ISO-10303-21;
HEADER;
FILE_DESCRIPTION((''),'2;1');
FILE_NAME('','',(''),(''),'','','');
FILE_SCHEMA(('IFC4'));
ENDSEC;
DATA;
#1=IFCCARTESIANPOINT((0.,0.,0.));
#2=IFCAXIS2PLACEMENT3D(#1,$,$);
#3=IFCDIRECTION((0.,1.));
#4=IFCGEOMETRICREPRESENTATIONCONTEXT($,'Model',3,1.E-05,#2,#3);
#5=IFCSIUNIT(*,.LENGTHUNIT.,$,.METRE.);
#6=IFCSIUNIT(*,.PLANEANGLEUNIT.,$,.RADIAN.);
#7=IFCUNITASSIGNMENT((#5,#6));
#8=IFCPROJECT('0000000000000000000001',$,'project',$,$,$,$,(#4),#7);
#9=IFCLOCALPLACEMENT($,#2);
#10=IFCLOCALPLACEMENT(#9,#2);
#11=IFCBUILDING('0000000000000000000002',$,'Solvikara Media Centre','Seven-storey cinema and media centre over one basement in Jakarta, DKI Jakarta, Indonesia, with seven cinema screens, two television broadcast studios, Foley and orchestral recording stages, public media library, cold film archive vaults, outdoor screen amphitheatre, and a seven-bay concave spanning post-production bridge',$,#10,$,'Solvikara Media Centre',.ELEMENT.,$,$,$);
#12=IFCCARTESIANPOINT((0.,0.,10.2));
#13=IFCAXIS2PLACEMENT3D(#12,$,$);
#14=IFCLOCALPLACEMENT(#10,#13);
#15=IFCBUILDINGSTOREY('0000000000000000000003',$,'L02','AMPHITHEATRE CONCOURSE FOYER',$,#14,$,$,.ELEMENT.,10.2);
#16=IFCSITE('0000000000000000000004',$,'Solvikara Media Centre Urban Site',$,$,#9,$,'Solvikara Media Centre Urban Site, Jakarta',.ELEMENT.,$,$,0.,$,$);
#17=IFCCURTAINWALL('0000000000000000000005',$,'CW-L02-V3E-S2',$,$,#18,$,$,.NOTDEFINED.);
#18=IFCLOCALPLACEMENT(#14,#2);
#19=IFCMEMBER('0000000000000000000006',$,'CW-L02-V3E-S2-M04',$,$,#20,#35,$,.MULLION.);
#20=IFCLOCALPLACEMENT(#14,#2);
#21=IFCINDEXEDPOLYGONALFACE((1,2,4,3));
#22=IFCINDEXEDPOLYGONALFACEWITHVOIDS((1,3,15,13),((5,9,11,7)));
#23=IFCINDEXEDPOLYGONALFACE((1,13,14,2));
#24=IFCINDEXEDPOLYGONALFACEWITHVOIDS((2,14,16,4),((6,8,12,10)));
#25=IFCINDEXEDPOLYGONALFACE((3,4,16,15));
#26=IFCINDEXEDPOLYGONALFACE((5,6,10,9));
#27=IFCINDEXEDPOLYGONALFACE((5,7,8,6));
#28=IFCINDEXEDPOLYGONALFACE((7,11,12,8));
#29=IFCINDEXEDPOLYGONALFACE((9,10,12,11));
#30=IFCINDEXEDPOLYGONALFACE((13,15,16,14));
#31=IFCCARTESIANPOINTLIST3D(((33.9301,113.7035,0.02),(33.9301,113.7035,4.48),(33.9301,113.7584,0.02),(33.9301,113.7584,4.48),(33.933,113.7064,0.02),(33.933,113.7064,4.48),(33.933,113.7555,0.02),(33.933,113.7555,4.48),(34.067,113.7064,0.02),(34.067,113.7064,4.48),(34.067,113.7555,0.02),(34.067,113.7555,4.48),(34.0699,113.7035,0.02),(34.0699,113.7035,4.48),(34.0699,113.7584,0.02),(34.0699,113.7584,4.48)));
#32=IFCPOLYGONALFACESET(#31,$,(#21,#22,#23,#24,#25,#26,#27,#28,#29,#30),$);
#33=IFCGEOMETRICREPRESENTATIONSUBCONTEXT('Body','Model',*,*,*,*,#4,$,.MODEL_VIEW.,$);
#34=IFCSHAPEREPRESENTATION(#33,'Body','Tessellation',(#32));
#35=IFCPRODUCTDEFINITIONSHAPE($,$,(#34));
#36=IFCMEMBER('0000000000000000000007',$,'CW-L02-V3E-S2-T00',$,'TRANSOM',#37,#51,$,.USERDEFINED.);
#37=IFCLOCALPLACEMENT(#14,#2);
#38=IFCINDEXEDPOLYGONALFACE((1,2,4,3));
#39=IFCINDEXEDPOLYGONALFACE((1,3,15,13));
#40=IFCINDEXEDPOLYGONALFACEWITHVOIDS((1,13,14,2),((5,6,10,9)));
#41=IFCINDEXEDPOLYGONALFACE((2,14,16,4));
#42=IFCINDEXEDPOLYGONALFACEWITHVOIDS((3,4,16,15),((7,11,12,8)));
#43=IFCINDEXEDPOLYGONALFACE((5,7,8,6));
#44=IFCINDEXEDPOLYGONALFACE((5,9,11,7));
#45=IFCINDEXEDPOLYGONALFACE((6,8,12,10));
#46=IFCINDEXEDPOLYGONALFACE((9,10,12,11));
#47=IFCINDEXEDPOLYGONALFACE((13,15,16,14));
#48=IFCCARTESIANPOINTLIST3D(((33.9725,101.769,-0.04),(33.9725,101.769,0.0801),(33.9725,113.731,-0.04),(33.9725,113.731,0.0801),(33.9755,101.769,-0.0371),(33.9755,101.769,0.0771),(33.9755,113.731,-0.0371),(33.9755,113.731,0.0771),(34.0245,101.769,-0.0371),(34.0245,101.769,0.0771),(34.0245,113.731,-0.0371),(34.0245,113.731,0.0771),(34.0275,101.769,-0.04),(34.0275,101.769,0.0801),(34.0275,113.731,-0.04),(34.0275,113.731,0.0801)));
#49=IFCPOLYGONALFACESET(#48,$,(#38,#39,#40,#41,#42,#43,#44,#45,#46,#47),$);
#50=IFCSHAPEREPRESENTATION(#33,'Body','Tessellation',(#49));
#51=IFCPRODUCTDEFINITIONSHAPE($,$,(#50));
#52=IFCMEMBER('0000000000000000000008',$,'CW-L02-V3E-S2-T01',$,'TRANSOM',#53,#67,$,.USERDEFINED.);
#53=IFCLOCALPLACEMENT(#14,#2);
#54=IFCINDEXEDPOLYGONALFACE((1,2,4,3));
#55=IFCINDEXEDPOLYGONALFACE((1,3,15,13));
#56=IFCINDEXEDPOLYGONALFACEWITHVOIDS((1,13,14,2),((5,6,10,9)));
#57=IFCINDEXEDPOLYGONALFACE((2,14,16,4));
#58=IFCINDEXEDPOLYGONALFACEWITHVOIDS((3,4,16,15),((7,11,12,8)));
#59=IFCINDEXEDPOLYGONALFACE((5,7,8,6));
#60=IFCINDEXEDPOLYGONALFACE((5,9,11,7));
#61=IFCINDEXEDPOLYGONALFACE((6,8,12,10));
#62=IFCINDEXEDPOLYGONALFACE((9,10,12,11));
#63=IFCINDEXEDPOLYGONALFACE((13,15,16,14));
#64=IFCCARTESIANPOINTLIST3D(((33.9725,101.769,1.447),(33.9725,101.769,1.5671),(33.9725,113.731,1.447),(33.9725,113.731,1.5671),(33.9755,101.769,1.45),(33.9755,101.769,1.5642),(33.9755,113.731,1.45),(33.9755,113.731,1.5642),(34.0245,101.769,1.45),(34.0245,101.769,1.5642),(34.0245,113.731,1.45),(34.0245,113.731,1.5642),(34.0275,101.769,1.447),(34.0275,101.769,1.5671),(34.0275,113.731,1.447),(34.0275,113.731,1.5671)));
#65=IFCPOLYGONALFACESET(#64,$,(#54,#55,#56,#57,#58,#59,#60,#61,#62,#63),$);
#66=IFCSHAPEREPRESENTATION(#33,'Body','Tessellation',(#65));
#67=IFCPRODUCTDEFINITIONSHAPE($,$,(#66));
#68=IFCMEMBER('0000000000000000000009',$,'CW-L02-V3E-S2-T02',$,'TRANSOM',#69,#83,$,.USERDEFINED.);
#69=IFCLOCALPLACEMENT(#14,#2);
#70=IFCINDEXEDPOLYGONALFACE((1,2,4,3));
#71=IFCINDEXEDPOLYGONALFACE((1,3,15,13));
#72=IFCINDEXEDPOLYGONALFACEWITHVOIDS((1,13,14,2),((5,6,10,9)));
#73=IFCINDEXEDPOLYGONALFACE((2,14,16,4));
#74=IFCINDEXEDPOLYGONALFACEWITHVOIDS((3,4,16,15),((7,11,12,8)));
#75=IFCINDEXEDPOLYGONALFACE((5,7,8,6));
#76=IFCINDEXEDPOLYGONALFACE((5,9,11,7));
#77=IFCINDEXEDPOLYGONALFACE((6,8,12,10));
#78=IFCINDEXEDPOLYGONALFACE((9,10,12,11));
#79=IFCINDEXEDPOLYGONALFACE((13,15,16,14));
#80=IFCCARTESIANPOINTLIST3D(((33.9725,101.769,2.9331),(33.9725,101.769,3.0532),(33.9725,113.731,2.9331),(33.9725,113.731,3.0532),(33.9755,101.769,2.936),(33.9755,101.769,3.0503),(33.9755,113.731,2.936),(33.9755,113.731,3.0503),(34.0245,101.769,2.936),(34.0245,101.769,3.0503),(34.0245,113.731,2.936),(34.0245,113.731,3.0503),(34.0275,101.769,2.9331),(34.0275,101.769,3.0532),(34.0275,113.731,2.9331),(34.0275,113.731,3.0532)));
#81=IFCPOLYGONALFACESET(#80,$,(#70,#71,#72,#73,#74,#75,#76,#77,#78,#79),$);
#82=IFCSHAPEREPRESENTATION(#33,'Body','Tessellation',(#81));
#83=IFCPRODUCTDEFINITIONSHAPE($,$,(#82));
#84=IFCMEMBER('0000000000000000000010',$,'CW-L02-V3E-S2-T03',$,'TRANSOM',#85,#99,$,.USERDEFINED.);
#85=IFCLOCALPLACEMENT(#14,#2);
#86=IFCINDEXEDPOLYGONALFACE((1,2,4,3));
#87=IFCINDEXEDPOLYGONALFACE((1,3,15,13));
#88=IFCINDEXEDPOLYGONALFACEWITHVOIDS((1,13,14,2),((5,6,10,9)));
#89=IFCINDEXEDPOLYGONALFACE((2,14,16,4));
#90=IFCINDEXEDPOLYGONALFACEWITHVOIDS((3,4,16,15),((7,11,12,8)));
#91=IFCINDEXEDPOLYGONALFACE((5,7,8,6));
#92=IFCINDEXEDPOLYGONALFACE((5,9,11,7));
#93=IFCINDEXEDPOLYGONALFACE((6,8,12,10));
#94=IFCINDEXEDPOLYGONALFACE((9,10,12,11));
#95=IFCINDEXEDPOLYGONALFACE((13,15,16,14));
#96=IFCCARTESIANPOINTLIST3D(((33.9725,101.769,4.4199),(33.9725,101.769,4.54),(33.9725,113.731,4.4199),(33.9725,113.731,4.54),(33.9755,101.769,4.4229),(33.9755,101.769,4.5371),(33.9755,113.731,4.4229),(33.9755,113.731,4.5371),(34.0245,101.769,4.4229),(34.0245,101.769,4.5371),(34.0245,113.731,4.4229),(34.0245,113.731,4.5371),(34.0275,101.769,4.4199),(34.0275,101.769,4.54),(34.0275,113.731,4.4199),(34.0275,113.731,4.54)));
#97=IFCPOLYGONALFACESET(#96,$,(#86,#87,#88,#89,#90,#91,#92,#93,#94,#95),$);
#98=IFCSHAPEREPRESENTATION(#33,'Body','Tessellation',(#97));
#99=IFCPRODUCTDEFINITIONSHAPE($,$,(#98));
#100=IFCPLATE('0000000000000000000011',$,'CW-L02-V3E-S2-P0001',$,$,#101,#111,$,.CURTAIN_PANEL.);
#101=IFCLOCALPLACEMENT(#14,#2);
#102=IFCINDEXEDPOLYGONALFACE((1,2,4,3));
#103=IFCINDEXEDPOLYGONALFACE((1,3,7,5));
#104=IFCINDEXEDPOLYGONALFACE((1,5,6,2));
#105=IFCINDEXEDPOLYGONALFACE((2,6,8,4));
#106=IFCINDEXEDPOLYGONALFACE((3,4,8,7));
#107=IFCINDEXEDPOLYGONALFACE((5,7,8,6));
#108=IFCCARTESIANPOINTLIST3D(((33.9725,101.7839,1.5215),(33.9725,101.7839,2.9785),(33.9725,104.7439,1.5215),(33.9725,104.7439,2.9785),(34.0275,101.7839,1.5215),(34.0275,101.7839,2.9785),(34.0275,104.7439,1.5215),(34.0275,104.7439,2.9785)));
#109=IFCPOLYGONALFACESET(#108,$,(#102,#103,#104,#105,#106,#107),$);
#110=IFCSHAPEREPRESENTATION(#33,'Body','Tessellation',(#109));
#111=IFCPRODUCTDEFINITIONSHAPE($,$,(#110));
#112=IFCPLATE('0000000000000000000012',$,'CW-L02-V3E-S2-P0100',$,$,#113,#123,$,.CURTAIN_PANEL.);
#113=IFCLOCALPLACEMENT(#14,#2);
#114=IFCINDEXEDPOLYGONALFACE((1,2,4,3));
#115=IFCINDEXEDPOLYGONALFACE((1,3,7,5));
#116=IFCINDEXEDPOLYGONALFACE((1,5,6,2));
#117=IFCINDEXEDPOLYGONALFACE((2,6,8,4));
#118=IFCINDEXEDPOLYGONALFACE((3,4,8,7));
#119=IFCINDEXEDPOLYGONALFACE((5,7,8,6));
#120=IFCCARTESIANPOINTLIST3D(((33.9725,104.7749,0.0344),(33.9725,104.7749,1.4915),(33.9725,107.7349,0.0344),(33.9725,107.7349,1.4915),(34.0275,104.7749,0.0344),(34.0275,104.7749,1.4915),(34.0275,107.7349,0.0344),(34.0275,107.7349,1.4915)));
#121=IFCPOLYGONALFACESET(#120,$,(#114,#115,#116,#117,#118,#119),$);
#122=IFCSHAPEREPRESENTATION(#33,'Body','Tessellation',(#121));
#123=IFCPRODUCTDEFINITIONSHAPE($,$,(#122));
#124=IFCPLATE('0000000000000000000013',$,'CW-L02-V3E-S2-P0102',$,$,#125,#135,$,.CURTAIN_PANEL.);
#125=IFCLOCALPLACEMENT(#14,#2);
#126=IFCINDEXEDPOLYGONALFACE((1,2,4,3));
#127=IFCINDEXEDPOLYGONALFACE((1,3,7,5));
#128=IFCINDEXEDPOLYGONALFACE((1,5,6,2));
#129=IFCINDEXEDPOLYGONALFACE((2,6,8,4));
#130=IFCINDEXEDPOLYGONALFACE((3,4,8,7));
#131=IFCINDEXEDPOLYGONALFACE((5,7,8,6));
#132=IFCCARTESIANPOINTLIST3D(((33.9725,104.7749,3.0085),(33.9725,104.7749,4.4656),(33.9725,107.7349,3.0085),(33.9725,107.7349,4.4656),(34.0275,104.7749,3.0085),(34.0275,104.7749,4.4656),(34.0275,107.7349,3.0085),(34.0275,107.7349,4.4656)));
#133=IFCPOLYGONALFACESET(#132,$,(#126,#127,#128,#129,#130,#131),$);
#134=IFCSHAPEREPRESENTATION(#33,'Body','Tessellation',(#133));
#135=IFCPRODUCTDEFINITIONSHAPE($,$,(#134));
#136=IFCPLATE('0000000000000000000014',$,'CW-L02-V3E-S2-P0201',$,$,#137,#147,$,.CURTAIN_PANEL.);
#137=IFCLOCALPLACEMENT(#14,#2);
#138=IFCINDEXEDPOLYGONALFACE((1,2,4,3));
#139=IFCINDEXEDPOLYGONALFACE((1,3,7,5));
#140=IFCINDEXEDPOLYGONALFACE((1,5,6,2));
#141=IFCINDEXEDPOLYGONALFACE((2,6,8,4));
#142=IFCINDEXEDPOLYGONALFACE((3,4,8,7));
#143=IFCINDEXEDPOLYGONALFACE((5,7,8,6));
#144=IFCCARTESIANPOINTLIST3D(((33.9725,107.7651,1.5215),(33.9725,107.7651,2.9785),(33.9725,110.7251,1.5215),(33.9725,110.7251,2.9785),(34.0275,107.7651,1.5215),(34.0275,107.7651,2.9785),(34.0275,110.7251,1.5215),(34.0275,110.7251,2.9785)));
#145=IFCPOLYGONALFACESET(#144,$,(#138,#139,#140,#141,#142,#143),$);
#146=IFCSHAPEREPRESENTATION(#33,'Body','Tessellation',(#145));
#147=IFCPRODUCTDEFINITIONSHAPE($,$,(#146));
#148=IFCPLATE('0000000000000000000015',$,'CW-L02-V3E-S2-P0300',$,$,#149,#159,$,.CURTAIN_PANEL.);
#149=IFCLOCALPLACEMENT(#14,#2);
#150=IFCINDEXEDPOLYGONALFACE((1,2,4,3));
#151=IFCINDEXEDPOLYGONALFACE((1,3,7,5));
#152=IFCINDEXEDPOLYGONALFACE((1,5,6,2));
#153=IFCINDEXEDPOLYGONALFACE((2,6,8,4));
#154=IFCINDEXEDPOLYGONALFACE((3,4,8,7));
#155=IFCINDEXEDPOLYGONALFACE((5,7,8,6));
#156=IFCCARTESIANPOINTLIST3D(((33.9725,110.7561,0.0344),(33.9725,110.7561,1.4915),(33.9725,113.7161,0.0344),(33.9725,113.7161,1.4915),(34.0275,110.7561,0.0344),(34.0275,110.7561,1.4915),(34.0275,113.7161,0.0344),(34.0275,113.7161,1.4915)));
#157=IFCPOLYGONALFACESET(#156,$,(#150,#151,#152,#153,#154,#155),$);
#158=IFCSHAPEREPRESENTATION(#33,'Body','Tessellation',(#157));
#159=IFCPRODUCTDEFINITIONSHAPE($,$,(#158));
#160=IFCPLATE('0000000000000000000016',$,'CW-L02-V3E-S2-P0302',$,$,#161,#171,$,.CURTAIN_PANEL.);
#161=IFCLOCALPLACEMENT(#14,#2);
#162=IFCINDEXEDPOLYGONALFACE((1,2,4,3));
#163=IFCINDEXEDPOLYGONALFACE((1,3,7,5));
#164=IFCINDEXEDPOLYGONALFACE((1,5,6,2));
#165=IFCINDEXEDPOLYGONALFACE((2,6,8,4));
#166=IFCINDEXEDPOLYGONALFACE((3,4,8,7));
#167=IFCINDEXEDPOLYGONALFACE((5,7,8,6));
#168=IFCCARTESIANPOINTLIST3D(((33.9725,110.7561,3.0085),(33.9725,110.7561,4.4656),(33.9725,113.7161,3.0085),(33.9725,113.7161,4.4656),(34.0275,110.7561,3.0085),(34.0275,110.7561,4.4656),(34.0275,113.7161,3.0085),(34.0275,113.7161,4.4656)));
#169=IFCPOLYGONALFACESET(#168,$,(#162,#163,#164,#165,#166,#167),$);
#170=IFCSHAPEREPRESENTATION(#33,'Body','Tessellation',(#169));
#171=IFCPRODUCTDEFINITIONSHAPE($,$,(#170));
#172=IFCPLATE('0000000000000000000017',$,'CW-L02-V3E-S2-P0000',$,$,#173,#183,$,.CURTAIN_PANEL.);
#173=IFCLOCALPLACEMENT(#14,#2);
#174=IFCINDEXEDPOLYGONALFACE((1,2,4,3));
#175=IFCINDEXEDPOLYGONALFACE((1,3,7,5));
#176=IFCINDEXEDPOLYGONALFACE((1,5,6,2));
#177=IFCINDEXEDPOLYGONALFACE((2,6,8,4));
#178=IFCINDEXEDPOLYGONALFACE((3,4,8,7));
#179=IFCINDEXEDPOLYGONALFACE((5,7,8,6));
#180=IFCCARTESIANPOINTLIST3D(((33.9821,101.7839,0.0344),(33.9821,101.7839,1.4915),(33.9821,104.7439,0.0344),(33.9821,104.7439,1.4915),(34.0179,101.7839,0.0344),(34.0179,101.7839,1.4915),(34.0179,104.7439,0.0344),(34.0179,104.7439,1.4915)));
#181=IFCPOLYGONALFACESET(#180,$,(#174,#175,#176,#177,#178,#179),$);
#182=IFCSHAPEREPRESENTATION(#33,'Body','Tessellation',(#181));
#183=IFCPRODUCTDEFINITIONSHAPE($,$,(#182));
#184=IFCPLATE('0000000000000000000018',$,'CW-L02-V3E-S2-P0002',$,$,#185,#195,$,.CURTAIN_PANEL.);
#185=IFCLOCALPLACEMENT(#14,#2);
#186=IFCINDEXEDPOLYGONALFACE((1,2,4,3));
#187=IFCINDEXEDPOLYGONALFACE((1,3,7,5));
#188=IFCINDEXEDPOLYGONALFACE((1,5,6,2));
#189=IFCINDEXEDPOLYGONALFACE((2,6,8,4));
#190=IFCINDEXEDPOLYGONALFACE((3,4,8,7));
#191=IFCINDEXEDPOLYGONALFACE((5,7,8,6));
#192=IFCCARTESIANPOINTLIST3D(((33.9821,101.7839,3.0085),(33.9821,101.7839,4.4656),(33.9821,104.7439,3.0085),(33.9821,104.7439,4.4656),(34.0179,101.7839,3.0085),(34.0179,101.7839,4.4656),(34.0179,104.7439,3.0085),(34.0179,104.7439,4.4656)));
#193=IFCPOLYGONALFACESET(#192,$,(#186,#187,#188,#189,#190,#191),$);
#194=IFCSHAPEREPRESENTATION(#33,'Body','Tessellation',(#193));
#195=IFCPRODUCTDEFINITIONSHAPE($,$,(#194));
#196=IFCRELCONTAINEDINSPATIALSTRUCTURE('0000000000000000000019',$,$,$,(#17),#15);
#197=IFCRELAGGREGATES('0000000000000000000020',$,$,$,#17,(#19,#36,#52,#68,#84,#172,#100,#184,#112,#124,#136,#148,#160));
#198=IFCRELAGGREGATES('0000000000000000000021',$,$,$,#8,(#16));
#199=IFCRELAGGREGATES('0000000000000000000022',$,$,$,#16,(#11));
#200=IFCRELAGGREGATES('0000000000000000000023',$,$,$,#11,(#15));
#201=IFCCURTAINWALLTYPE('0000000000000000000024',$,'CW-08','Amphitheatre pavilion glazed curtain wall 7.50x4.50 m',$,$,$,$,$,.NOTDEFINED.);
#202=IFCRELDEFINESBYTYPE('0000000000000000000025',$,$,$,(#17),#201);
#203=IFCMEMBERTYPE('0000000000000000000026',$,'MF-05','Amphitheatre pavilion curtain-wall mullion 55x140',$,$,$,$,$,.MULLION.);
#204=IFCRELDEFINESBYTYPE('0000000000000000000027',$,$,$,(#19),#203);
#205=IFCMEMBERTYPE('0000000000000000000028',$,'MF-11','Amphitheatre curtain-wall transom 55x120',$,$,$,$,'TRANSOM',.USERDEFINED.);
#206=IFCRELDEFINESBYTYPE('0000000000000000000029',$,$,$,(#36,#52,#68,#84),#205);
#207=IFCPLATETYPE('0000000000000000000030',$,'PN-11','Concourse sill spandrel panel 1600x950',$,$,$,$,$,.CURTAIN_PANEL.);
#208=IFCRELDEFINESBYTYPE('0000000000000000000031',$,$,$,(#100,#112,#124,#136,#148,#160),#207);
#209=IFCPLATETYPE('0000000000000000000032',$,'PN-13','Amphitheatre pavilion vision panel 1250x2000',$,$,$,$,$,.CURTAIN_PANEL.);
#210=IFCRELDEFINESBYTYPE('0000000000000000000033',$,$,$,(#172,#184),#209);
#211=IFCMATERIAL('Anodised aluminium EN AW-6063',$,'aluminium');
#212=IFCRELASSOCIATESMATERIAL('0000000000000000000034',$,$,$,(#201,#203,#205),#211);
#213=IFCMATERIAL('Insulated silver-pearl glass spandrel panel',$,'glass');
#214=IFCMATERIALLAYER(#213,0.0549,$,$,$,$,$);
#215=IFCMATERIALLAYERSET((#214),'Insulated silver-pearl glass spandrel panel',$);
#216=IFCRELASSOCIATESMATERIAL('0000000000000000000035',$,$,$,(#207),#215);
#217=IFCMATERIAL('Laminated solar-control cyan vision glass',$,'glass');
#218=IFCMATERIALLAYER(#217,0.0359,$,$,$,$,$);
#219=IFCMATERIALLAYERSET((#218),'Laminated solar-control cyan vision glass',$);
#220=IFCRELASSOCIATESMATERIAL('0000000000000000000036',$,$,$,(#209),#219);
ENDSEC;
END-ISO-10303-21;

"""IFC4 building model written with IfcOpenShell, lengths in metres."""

from ifc_helpers import new_model, si_unit, direction, frame, origin, origin_2d, place, context, subcontext, project, spatial, rectangle, hollow_rectangle, extrude, material, layer, layer_set, material_profile, profile_set, type_object, element, aggregate, save


model = new_model("IFC4")

# Units and contexts
model_context = context("Model", 3, precision=1e-05, world=origin(), true_north=direction((0.0, 1.0)))
body_context = subcontext(model_context, "Body", "Model", "MODEL_VIEW")
ifc_project = project(units=[si_unit("LENGTHUNIT", "METRE"), si_unit("PLANEANGLEUNIT", "RADIAN")], contexts=[model_context])

# Site, building, storey
site_placement = place(None, origin())
site = spatial("IfcSite", under=ifc_project, at=site_placement, Name="Solvikara Media Centre Urban Site", LongName="Solvikara Media Centre Urban Site, Jakarta", CompositionType="ELEMENT", RefElevation=0.0)
building_placement = place(site_placement, origin())
building = spatial("IfcBuilding", under=site, at=building_placement, Name="Solvikara Media Centre", Description="Seven-storey cinema and media centre over one basement in Jakarta, DKI Jakarta, Indonesia, with seven cinema screens, two television broadcast studios, Foley and orchestral recording stages, public media library, cold film archive vaults, outdoor screen amphitheatre, and a seven-bay concave spanning post-production bridge", LongName="Solvikara Media Centre", CompositionType="ELEMENT")
storey_placement = place(building_placement, frame((0.0, 0.0, 10.2)))
storey = spatial("IfcBuildingStorey", under=building, at=storey_placement, Name="L02", Description="AMPHITHEATRE CONCOURSE FOYER", CompositionType="ELEMENT", Elevation=10.2)

# Curtain wall, members, plates
ifc_material_1 = material(Name="Anodised aluminium EN AW-6063", Category="aluminium")
curtain_wall_type = type_object("IfcCurtainWallType", Name="CW-08", Description="Amphitheatre pavilion glazed curtain wall 7.50x4.50 m", PredefinedType="NOTDEFINED", material=ifc_material_1)
curtain_wall_placement = place(storey_placement, origin())
curtain_wall = element("IfcCurtainWall", 1, at=curtain_wall_placement, inside=storey, type_object=curtain_wall_type, Name="CW-L02-V3E-S2", PredefinedType="NOTDEFINED")
ifc_material_profile_1 = material_profile(ifc_material_1, hollow_rectangle(XDim=0.0549, YDim=0.1399, WallThickness=0.0029, at=origin_2d()), Name="ALU-M 55x140x3")
ifc_profile_set_1 = profile_set([ifc_material_profile_1], Name="Anodised aluminium EN AW-6063")
member_type_1 = type_object("IfcMemberType", Name="MF-05", Description="Amphitheatre pavilion curtain-wall mullion 55x140", PredefinedType="MULLION", material=ifc_profile_set_1)
member_1_placement = place(storey_placement, frame((34.0, 113.731, 0.02), z_axis=(0.0, 0.0, 1.0), x_axis=(0.0, 1.0, 0.0)))
member_1 = element("IfcMember", 2, at=member_1_placement, type_object=member_type_1, Name="CW-L02-V3E-S2-M04", PredefinedType="MULLION", context=body_context, shape_type="SweptSolid", body=[
    extrude(hollow_rectangle(XDim=0.0549, YDim=0.1399, WallThickness=0.0029, at=origin_2d()), origin(), (0.0, 0.0, 1.0), 4.46),
])
ifc_material_profile_2 = material_profile(ifc_material_1, hollow_rectangle(XDim=0.0549, YDim=0.1201, WallThickness=0.0029, at=origin_2d()), Name="ALU-T 55x120x3")
ifc_profile_set_2 = profile_set([ifc_material_profile_2], Name="Anodised aluminium EN AW-6063")
member_type_2 = type_object("IfcMemberType", Name="MF-11", Description="Amphitheatre curtain-wall transom 55x120", ElementType="TRANSOM", PredefinedType="USERDEFINED", material=ifc_profile_set_2)
member_2_placement = place(storey_placement, frame((34.0, 101.769, 0.02), z_axis=(0.0, 1.0, 0.0), x_axis=(-1.0, 0.0, 0.0)))
member_2 = element("IfcMember", 3, at=member_2_placement, type_object=member_type_2, Name="CW-L02-V3E-S2-T00", ObjectType="TRANSOM", PredefinedType="USERDEFINED", context=body_context, shape_type="SweptSolid", body=[
    extrude(hollow_rectangle(XDim=0.0549, YDim=0.1201, WallThickness=0.0029, at=origin_2d()), origin(), (0.0, 0.0, 1.0), 11.9619),
])
member_3_placement = place(storey_placement, frame((34.0, 101.769, 1.5071), z_axis=(0.0, 1.0, 0.0), x_axis=(-1.0, 0.0, 0.0)))
member_3 = element("IfcMember", 4, at=member_3_placement, type_object=member_type_2, Name="CW-L02-V3E-S2-T01", ObjectType="TRANSOM", PredefinedType="USERDEFINED", context=body_context, shape_type="SweptSolid", body=[
    extrude(hollow_rectangle(XDim=0.0549, YDim=0.1201, WallThickness=0.0029, at=origin_2d()), origin(), (0.0, 0.0, 1.0), 11.9619),
])
member_4_placement = place(storey_placement, frame((34.0, 101.769, 2.9932), z_axis=(0.0, 1.0, 0.0), x_axis=(-1.0, 0.0, 0.0)))
member_4 = element("IfcMember", 5, at=member_4_placement, type_object=member_type_2, Name="CW-L02-V3E-S2-T02", ObjectType="TRANSOM", PredefinedType="USERDEFINED", context=body_context, shape_type="SweptSolid", body=[
    extrude(hollow_rectangle(XDim=0.0549, YDim=0.1201, WallThickness=0.0029, at=origin_2d()), origin(), (0.0, 0.0, 1.0), 11.9619),
])
member_5_placement = place(storey_placement, frame((34.0, 101.769, 4.48), z_axis=(0.0, 1.0, 0.0), x_axis=(-1.0, 0.0, 0.0)))
member_5 = element("IfcMember", 6, at=member_5_placement, type_object=member_type_2, Name="CW-L02-V3E-S2-T03", ObjectType="TRANSOM", PredefinedType="USERDEFINED", context=body_context, shape_type="SweptSolid", body=[
    extrude(hollow_rectangle(XDim=0.0549, YDim=0.1201, WallThickness=0.0029, at=origin_2d()), origin(), (0.0, 0.0, 1.0), 11.9619),
])
ifc_material_2 = material(Name="Insulated silver-pearl glass spandrel panel", Category="glass")
ifc_layer_1 = layer(ifc_material_2, 0.0549)
ifc_layer_set_1 = layer_set([ifc_layer_1], Name="Insulated silver-pearl glass spandrel panel")
plate_type_1 = type_object("IfcPlateType", Name="PN-11", Description="Concourse sill spandrel panel 1600x950", PredefinedType="CURTAIN_PANEL", material=ifc_layer_set_1)
plate_1_placement = place(storey_placement, frame((34.0, 103.2639, 1.5215), z_axis=(0.0, 0.0, 1.0), x_axis=(0.0, 1.0, 0.0)))
plate_1 = element("IfcPlate", 7, at=plate_1_placement, type_object=plate_type_1, Name="CW-L02-V3E-S2-P0001", PredefinedType="CURTAIN_PANEL", context=body_context, shape_type="SweptSolid", body=[
    extrude(rectangle(XDim=2.96, YDim=0.0549, at=origin_2d()), origin(), (0.0, 0.0, 1.0), 1.457),
])
plate_2_placement = place(storey_placement, frame((34.0, 106.2549, 0.0344), z_axis=(0.0, 0.0, 1.0), x_axis=(0.0, 1.0, 0.0)))
plate_2 = element("IfcPlate", 8, at=plate_2_placement, type_object=plate_type_1, Name="CW-L02-V3E-S2-P0100", PredefinedType="CURTAIN_PANEL", context=body_context, shape_type="SweptSolid", body=[
    extrude(rectangle(XDim=2.96, YDim=0.0549, at=origin_2d()), origin(), (0.0, 0.0, 1.0), 1.457),
])
plate_3_placement = place(storey_placement, frame((34.0, 106.2549, 3.0085), z_axis=(0.0, 0.0, 1.0), x_axis=(0.0, 1.0, 0.0)))
plate_3 = element("IfcPlate", 9, at=plate_3_placement, type_object=plate_type_1, Name="CW-L02-V3E-S2-P0102", PredefinedType="CURTAIN_PANEL", context=body_context, shape_type="SweptSolid", body=[
    extrude(rectangle(XDim=2.96, YDim=0.0549, at=origin_2d()), origin(), (0.0, 0.0, 1.0), 1.457),
])
plate_4_placement = place(storey_placement, frame((34.0, 109.2451, 1.5215), z_axis=(0.0, 0.0, 1.0), x_axis=(0.0, 1.0, 0.0)))
plate_4 = element("IfcPlate", 10, at=plate_4_placement, type_object=plate_type_1, Name="CW-L02-V3E-S2-P0201", PredefinedType="CURTAIN_PANEL", context=body_context, shape_type="SweptSolid", body=[
    extrude(rectangle(XDim=2.96, YDim=0.0549, at=origin_2d()), origin(), (0.0, 0.0, 1.0), 1.457),
])
plate_5_placement = place(storey_placement, frame((34.0, 112.2361, 0.0344), z_axis=(0.0, 0.0, 1.0), x_axis=(0.0, 1.0, 0.0)))
plate_5 = element("IfcPlate", 11, at=plate_5_placement, type_object=plate_type_1, Name="CW-L02-V3E-S2-P0300", PredefinedType="CURTAIN_PANEL", context=body_context, shape_type="SweptSolid", body=[
    extrude(rectangle(XDim=2.96, YDim=0.0549, at=origin_2d()), origin(), (0.0, 0.0, 1.0), 1.457),
])
plate_6_placement = place(storey_placement, frame((34.0, 112.2361, 3.0085), z_axis=(0.0, 0.0, 1.0), x_axis=(0.0, 1.0, 0.0)))
plate_6 = element("IfcPlate", 12, at=plate_6_placement, type_object=plate_type_1, Name="CW-L02-V3E-S2-P0302", PredefinedType="CURTAIN_PANEL", context=body_context, shape_type="SweptSolid", body=[
    extrude(rectangle(XDim=2.96, YDim=0.0549, at=origin_2d()), origin(), (0.0, 0.0, 1.0), 1.457),
])
ifc_material_3 = material(Name="Laminated solar-control cyan vision glass", Category="glass")
ifc_layer_2 = layer(ifc_material_3, 0.0359)
ifc_layer_set_2 = layer_set([ifc_layer_2], Name="Laminated solar-control cyan vision glass")
plate_type_2 = type_object("IfcPlateType", Name="PN-13", Description="Amphitheatre pavilion vision panel 1250x2000", PredefinedType="CURTAIN_PANEL", material=ifc_layer_set_2)
plate_7_placement = place(storey_placement, frame((34.0, 103.2639, 0.0344), z_axis=(0.0, 0.0, 1.0), x_axis=(0.0, 1.0, 0.0)))
plate_7 = element("IfcPlate", 13, at=plate_7_placement, type_object=plate_type_2, Name="CW-L02-V3E-S2-P0000", PredefinedType="CURTAIN_PANEL", context=body_context, shape_type="SweptSolid", body=[
    extrude(rectangle(XDim=2.96, YDim=0.0359, at=origin_2d()), origin(), (0.0, 0.0, 1.0), 1.457),
])
plate_8_placement = place(storey_placement, frame((34.0, 103.2639, 3.0085), z_axis=(0.0, 0.0, 1.0), x_axis=(0.0, 1.0, 0.0)))
plate_8 = element("IfcPlate", 14, at=plate_8_placement, type_object=plate_type_2, Name="CW-L02-V3E-S2-P0002", PredefinedType="CURTAIN_PANEL", context=body_context, shape_type="SweptSolid", body=[
    extrude(rectangle(XDim=2.96, YDim=0.0359, at=origin_2d()), origin(), (0.0, 0.0, 1.0), 1.457),
])
aggregate(curtain_wall, [member_1, member_2, member_3, member_4, member_5, plate_7, plate_1, plate_8, plate_2, plate_3, plate_4, plate_5, plate_6])

save(model, "model.ifc")
